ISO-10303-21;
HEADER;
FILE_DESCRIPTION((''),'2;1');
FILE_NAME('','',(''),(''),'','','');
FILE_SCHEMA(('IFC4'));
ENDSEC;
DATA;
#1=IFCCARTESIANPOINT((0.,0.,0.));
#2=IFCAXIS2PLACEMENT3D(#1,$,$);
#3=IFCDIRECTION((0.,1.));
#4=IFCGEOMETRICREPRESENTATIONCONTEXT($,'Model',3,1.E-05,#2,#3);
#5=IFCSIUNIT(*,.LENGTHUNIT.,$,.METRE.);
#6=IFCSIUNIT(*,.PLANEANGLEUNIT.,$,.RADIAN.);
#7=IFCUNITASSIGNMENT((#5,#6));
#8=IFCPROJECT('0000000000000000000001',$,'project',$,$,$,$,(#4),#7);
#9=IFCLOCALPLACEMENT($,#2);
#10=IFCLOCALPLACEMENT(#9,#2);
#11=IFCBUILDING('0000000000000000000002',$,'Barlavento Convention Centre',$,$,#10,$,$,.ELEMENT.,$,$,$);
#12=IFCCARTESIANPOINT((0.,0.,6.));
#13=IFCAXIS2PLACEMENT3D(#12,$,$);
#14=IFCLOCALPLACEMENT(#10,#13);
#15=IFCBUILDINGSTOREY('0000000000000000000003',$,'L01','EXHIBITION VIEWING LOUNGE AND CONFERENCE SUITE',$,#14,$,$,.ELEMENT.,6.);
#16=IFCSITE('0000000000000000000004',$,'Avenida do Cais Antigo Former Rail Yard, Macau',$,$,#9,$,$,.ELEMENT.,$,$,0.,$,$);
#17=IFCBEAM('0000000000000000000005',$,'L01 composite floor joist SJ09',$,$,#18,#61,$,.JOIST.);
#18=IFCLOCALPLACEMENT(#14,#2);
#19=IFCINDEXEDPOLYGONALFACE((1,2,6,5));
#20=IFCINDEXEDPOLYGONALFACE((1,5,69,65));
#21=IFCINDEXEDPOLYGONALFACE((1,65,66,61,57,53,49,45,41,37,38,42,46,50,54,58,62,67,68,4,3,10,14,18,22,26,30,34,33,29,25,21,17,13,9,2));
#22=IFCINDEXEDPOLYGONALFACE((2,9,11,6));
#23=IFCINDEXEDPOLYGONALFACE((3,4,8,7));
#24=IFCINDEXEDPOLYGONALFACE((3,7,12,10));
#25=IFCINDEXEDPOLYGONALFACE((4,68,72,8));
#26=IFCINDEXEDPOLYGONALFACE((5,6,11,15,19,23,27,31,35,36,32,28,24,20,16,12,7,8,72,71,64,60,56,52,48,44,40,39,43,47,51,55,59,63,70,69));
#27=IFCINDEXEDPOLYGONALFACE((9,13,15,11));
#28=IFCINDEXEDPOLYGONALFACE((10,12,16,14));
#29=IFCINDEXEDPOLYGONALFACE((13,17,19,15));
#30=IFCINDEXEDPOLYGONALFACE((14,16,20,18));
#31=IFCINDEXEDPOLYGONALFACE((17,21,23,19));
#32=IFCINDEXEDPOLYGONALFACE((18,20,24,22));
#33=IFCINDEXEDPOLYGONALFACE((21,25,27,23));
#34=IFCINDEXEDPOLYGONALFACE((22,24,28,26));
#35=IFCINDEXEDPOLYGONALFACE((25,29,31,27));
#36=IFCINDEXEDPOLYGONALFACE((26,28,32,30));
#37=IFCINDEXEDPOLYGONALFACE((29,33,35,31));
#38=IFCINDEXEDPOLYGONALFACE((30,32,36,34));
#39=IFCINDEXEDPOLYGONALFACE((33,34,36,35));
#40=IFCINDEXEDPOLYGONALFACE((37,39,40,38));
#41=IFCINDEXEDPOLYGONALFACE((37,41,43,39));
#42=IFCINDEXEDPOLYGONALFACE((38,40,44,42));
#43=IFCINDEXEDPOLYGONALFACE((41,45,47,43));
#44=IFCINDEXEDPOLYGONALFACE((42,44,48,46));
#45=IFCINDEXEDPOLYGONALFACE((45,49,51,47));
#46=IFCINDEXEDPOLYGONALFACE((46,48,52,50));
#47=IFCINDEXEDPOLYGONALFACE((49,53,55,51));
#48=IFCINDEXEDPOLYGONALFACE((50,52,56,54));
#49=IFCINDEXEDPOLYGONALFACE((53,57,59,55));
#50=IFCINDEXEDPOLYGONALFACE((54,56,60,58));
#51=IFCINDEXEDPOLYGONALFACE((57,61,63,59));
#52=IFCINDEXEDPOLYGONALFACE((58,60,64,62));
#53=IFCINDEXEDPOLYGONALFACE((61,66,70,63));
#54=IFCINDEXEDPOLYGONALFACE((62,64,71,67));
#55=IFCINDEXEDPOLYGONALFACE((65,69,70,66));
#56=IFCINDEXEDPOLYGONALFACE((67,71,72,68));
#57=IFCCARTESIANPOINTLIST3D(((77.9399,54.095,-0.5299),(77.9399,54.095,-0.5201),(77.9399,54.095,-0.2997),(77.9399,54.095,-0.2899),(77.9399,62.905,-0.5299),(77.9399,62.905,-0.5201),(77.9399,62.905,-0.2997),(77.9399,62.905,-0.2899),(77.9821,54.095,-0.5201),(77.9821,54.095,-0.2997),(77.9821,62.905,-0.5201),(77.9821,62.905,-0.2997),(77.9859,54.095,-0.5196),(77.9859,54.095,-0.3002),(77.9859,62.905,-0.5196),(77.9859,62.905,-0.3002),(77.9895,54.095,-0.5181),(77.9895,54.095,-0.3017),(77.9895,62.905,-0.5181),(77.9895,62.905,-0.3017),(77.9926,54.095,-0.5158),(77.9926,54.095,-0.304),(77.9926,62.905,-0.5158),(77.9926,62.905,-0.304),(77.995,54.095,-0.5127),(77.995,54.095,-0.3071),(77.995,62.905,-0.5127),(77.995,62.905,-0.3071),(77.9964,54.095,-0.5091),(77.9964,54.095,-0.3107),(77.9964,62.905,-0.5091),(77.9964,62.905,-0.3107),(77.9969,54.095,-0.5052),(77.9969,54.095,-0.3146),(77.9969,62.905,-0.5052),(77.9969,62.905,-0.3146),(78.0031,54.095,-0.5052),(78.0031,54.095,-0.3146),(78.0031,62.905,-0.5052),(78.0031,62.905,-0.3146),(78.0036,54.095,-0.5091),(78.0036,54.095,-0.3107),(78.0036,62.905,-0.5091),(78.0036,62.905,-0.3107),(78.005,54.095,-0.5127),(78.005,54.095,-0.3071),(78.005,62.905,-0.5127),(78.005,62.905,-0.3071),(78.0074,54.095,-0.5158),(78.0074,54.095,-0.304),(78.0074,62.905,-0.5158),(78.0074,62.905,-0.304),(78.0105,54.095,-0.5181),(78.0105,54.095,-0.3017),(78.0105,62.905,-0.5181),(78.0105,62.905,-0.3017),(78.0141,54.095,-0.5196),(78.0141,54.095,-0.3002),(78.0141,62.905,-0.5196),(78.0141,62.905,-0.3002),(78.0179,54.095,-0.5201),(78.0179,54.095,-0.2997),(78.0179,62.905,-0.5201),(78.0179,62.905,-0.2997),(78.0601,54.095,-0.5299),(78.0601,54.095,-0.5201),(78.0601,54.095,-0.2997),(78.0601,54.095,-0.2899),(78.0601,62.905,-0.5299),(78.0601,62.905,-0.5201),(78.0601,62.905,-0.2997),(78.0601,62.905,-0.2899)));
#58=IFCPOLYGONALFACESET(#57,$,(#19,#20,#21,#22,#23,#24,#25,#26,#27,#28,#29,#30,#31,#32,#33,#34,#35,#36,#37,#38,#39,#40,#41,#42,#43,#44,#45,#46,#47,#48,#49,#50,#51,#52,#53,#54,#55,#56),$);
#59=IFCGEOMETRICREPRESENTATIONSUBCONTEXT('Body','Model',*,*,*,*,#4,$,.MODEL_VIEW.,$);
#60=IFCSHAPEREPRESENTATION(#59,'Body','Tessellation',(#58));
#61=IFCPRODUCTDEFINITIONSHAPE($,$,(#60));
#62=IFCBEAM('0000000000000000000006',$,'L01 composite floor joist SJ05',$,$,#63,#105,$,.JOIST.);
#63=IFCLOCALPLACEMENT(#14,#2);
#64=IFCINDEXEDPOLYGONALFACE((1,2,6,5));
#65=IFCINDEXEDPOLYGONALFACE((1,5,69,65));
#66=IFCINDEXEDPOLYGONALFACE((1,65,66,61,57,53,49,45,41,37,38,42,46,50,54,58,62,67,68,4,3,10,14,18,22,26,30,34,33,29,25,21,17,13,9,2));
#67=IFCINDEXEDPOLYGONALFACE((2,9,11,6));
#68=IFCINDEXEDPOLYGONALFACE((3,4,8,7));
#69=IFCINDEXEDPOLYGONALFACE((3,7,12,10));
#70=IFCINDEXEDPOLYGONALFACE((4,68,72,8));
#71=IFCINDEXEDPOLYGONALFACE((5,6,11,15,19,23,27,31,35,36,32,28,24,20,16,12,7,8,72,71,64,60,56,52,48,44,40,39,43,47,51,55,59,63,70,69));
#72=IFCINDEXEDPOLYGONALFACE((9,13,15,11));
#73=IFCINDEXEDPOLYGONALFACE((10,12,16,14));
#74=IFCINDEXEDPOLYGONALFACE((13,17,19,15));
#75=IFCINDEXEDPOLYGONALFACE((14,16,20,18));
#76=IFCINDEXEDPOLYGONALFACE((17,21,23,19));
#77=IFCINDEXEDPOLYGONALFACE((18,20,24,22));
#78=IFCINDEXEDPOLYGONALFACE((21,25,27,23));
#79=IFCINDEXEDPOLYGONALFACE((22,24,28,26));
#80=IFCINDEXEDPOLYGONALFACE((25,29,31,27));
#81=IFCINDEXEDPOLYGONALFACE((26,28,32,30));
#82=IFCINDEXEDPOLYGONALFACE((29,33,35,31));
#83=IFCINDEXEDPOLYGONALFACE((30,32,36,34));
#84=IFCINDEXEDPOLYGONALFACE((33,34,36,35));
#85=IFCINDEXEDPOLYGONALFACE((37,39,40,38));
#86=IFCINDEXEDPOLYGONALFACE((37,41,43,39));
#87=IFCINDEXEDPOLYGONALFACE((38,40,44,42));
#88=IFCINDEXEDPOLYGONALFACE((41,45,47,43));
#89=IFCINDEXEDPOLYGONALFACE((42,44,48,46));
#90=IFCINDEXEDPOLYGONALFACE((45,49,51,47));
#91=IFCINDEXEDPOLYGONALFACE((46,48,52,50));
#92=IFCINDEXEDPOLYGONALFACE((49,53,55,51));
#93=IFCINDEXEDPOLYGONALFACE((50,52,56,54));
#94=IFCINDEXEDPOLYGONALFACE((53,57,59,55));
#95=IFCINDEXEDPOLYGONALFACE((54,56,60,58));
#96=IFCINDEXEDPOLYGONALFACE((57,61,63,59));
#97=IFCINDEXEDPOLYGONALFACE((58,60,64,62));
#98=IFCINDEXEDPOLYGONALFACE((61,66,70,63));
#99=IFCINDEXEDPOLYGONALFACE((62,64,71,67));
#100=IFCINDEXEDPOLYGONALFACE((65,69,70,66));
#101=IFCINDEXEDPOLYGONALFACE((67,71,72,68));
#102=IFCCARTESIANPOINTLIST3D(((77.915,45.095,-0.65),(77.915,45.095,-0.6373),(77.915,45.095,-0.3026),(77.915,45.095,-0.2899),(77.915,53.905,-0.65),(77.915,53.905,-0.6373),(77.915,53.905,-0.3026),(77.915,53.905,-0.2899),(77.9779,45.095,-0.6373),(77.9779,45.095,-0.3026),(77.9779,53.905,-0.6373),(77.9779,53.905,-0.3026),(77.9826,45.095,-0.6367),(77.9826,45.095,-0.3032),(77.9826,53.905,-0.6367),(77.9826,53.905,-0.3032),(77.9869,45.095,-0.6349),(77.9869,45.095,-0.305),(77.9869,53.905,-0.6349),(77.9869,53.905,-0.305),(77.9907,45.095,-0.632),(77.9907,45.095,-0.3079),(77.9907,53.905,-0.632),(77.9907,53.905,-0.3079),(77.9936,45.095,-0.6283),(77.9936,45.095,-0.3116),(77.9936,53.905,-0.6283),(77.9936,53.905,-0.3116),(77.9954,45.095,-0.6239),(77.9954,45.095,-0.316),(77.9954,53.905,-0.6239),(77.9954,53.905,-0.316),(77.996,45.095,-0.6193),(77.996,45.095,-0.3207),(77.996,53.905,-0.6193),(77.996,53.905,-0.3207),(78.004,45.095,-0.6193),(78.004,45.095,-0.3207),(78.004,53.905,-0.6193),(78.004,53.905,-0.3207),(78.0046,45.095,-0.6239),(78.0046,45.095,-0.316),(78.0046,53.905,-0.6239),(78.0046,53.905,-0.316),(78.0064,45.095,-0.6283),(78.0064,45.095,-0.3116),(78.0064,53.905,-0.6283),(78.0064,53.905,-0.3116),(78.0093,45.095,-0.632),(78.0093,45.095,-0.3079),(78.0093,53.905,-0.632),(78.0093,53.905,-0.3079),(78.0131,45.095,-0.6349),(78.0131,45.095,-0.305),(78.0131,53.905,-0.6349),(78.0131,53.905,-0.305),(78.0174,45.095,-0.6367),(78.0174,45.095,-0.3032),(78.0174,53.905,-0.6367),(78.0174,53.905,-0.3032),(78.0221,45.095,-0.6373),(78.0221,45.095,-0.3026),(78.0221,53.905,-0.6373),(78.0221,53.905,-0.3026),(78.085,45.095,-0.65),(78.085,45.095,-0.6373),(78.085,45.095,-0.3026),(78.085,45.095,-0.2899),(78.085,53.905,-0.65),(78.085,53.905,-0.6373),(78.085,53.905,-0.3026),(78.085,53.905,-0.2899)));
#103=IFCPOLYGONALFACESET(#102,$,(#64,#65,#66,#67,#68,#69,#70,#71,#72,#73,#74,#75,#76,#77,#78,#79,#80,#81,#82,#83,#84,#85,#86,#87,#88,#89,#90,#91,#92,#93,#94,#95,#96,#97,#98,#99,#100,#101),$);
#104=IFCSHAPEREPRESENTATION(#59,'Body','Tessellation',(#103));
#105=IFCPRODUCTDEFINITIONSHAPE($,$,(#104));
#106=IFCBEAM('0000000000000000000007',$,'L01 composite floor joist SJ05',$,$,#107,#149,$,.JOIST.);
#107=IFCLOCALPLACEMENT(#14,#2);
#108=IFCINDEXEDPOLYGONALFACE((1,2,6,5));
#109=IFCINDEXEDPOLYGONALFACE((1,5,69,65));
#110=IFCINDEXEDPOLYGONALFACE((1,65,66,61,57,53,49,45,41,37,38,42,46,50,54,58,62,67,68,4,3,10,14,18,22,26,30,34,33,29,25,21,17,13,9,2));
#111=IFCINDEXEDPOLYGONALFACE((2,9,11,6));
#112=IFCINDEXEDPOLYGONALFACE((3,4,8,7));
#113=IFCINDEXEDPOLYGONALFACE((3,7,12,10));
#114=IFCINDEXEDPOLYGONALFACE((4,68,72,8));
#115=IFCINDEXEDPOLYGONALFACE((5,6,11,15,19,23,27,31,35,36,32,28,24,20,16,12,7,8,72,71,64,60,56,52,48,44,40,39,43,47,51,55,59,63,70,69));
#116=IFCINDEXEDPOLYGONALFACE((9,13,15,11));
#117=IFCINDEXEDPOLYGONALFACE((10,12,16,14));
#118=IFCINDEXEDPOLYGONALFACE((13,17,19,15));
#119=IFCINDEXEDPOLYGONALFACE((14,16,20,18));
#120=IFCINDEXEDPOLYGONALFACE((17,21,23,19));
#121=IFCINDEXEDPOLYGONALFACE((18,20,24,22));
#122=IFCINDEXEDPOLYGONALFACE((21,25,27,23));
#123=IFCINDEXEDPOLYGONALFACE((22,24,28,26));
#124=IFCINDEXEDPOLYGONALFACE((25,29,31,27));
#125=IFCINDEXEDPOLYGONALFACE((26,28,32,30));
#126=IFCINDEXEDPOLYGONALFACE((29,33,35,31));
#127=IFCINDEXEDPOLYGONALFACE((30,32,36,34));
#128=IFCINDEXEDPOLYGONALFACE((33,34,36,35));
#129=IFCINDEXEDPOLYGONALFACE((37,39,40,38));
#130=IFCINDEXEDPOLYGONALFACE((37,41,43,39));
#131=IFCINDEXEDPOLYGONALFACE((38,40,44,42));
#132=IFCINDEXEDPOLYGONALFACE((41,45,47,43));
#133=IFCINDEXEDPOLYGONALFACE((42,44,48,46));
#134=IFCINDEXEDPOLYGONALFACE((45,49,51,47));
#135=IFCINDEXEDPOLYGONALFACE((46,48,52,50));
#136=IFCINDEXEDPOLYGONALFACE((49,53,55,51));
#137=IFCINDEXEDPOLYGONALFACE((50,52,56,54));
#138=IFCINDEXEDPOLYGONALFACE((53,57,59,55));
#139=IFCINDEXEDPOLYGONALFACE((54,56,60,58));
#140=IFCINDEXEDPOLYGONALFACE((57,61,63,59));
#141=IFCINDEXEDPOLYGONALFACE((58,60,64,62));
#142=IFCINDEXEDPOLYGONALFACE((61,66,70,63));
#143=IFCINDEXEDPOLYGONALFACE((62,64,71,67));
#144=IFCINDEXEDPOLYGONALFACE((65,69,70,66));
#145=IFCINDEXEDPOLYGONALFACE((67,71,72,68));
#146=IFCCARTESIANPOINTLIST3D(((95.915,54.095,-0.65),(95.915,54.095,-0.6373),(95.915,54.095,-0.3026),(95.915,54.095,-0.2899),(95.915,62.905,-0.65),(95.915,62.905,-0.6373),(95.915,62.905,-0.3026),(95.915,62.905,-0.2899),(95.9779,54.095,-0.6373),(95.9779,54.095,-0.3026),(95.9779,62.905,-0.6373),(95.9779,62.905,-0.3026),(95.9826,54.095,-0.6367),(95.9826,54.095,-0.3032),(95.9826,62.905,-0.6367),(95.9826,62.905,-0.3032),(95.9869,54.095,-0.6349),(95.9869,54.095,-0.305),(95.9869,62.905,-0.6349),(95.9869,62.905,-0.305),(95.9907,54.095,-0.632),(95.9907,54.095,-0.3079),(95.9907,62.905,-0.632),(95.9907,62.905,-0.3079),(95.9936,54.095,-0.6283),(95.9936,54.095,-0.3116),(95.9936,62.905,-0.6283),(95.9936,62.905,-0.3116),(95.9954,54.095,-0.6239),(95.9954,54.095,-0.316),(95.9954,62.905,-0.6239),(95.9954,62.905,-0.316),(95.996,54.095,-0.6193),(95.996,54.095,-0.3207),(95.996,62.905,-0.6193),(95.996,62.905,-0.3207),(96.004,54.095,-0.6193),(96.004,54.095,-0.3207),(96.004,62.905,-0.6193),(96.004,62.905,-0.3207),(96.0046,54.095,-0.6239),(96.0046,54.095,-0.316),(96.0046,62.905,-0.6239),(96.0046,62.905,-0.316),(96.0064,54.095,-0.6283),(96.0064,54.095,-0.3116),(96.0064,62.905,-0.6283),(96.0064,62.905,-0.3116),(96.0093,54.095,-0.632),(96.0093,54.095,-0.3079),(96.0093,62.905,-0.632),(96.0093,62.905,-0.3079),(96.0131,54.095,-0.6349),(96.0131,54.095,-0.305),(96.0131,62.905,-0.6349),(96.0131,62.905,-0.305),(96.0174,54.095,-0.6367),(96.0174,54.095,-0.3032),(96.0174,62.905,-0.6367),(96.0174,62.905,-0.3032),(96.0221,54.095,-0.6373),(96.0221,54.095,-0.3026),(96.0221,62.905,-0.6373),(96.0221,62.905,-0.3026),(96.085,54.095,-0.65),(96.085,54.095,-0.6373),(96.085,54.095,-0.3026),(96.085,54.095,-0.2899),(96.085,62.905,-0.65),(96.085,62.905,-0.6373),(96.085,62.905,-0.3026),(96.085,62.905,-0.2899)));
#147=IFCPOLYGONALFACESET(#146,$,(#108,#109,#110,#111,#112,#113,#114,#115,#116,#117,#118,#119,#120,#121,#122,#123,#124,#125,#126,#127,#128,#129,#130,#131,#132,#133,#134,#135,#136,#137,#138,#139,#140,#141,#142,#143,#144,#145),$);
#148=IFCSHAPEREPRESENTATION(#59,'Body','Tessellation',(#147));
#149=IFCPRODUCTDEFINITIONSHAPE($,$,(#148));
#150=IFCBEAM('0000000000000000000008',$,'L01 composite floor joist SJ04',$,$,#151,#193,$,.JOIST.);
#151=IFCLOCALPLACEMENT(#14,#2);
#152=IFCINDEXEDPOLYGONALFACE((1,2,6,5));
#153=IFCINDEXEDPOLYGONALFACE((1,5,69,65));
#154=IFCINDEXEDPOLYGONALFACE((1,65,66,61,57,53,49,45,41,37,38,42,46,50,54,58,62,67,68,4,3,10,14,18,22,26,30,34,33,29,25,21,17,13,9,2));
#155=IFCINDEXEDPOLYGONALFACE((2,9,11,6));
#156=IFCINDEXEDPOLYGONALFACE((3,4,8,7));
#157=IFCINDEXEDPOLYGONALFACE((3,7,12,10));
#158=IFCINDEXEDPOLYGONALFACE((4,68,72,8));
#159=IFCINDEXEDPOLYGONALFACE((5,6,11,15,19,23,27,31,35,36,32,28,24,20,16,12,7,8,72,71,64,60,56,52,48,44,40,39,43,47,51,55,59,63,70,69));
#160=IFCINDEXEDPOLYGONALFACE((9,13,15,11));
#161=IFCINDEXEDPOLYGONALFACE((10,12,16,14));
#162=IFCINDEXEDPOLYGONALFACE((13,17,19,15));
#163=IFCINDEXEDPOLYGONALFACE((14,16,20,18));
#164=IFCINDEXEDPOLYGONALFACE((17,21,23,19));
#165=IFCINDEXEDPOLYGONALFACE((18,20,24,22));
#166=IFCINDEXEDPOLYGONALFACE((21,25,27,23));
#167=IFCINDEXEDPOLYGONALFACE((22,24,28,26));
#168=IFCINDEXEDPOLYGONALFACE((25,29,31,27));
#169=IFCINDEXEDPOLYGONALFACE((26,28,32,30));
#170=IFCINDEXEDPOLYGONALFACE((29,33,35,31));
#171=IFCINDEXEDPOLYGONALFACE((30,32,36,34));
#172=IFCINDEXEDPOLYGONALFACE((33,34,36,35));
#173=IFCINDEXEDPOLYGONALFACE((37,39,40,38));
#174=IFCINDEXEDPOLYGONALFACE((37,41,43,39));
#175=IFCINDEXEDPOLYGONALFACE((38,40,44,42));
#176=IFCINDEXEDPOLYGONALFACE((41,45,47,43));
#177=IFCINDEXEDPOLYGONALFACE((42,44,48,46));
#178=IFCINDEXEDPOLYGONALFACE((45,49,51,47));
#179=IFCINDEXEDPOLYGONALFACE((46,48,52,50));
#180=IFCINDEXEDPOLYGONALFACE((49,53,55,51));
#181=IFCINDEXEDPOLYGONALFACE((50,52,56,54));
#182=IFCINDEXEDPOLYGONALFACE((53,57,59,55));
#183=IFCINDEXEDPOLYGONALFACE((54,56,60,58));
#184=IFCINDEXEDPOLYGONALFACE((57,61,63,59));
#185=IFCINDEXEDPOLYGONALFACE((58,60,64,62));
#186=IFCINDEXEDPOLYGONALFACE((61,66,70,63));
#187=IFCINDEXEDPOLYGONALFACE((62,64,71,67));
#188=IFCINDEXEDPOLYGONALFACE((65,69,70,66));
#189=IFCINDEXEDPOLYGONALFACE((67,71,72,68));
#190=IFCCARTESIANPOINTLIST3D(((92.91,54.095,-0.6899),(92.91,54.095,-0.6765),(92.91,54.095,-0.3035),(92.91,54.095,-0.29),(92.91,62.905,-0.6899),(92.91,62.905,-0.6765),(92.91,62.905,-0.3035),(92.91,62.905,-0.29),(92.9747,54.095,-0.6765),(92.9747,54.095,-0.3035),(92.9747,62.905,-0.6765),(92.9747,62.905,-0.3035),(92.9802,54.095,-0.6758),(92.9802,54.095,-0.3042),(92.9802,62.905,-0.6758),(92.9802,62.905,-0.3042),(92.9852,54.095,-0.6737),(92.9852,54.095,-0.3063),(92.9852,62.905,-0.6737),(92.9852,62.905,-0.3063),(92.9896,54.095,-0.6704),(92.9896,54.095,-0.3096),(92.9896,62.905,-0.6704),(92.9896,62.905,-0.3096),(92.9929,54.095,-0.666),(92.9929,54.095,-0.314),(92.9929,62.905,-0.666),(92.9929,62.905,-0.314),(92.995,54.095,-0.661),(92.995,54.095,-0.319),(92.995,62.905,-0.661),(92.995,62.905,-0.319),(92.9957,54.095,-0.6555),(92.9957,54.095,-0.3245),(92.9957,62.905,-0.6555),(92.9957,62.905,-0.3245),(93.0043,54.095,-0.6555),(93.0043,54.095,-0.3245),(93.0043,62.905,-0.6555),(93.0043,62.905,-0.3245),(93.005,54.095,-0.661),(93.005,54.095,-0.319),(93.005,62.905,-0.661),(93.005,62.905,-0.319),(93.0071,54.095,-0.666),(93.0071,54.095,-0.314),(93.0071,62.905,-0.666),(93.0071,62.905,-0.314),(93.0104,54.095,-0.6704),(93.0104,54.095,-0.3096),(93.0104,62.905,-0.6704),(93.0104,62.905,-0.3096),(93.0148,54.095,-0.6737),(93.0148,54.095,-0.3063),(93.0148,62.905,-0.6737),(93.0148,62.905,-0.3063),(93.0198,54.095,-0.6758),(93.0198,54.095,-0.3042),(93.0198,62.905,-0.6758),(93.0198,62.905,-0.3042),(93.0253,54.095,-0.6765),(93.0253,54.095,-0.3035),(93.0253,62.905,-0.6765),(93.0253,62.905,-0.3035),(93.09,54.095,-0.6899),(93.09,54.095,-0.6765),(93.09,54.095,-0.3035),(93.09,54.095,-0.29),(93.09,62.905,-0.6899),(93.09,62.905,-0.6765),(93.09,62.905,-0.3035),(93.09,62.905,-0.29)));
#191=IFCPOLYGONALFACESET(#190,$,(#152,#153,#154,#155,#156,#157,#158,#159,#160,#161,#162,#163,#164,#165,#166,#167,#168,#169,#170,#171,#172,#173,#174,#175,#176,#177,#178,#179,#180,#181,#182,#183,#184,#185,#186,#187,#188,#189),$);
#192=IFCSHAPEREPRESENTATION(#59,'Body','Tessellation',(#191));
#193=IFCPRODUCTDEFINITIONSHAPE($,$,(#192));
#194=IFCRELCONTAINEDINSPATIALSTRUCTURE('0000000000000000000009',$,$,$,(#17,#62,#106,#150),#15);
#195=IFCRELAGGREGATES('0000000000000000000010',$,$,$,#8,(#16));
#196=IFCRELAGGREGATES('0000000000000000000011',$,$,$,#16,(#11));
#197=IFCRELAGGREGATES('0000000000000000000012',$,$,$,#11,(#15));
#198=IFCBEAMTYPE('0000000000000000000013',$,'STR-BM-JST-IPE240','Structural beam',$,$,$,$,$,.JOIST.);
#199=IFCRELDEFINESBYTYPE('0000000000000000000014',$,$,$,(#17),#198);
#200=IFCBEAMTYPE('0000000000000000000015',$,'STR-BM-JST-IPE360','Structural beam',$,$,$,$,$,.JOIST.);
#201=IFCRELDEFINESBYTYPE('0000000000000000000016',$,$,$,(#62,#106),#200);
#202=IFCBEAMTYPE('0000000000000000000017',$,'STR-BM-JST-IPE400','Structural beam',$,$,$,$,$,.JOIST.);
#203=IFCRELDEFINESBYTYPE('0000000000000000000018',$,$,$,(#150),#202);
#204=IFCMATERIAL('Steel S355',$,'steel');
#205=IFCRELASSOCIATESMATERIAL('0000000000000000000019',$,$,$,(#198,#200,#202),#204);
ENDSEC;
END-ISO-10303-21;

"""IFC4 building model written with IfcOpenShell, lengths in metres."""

from ifc_helpers import new_model, si_unit, direction, frame, origin, origin_2d, place, context, subcontext, project, spatial, i_section, extrude, material, material_profile, profile_set, type_object, element, save


model = new_model("IFC4")

# Units and contexts
model_context = context("Model", 3, precision=1e-05, world=origin(), true_north=direction((0.0, 1.0)))
body_context = subcontext(model_context, "Body", "Model", "MODEL_VIEW")
ifc_project = project(units=[si_unit("LENGTHUNIT", "METRE"), si_unit("PLANEANGLEUNIT", "RADIAN")], contexts=[model_context])

# Site, building, storey
site_placement = place(None, origin())
site = spatial("IfcSite", under=ifc_project, at=site_placement, Name="Avenida do Cais Antigo Former Rail Yard, Macau", CompositionType="ELEMENT", RefElevation=0.0)
building_placement = place(site_placement, origin())
building = spatial("IfcBuilding", under=site, at=building_placement, Name="Barlavento Convention Centre", CompositionType="ELEMENT")
storey_placement = place(building_placement, frame((0.0, 0.0, 6.0)))
storey = spatial("IfcBuildingStorey", under=building, at=storey_placement, Name="L01", Description="EXHIBITION VIEWING LOUNGE AND CONFERENCE SUITE", CompositionType="ELEMENT", Elevation=6.0)

# Shared definitions
ifc_material_1 = material(Name="Steel S355", Category="steel")

# Beams
ifc_material_profile_1 = material_profile(ifc_material_1, i_section(OverallWidth=0.1201, OverallDepth=0.24, WebThickness=0.0061, FlangeThickness=0.0098, FilletRadius=0.0149, at=origin_2d()), Name="IPE 240")
ifc_profile_set_1 = profile_set([ifc_material_profile_1], Name="Steel S355")
beam_type_1 = type_object("IfcBeamType", Name="STR-BM-JST-IPE240", Description="Structural beam", PredefinedType="JOIST", material=ifc_profile_set_1)
beam_1_placement = place(storey_placement, frame((78.0, 54.095, -0.4099), z_axis=(0.0, 1.0, 0.0), x_axis=(-1.0, 0.0, 0.0)))
element("IfcBeam", 1, at=beam_1_placement, inside=storey, type_object=beam_type_1, Name="L01 composite floor joist SJ09", PredefinedType="JOIST", context=body_context, shape_type="SweptSolid", body=[
    extrude(i_section(OverallWidth=0.1201, OverallDepth=0.24, WebThickness=0.0061, FlangeThickness=0.0098, FilletRadius=0.0149, at=origin_2d()), origin(), (0.0, 0.0, 1.0), 8.8101),
])
ifc_material_profile_2 = material_profile(ifc_material_1, i_section(OverallWidth=0.1699, OverallDepth=0.3601, WebThickness=0.0081, FlangeThickness=0.0127, FilletRadius=0.0181, at=origin_2d()), Name="IPE 360")
ifc_profile_set_2 = profile_set([ifc_material_profile_2], Name="Steel S355")
beam_type_2 = type_object("IfcBeamType", Name="STR-BM-JST-IPE360", Description="Structural beam", PredefinedType="JOIST", material=ifc_profile_set_2)
for number, where, z_axis, x_axis, name in (
    (2, (78.0, 45.095, -0.47), (0.0, 1.0, 0.0), (-1.0, 0.0, 0.0), "L01 composite floor joist SJ05"),
    (3, (96.0, 54.095, -0.47), (0.0, 1.0, 0.0), (-1.0, 0.0, 0.0), "L01 composite floor joist SJ05"),
):
    element("IfcBeam", number, at=place(storey_placement, frame(where, z_axis=z_axis, x_axis=x_axis)), inside=storey, type_object=beam_type_2, Name=name, PredefinedType="JOIST", context=body_context, shape_type="SweptSolid", body=[
        extrude(i_section(OverallWidth=0.1699, OverallDepth=0.3601, WebThickness=0.0081, FlangeThickness=0.0127, FilletRadius=0.0181, at=origin_2d()), origin(), (0.0, 0.0, 1.0), 8.8101),
    ])
ifc_material_profile_3 = material_profile(ifc_material_1, i_section(OverallWidth=0.1799, OverallDepth=0.3999, WebThickness=0.0085, FlangeThickness=0.0134, FilletRadius=0.021, at=origin_2d()), Name="IPE 400")
ifc_profile_set_3 = profile_set([ifc_material_profile_3], Name="Steel S355")
beam_type_3 = type_object("IfcBeamType", Name="STR-BM-JST-IPE400", Description="Structural beam", PredefinedType="JOIST", material=ifc_profile_set_3)
beam_2_placement = place(storey_placement, frame((93.0, 54.095, -0.49), z_axis=(0.0, 1.0, 0.0), x_axis=(-1.0, 0.0, 0.0)))
element("IfcBeam", 4, at=beam_2_placement, inside=storey, type_object=beam_type_3, Name="L01 composite floor joist SJ04", PredefinedType="JOIST", context=body_context, shape_type="SweptSolid", body=[
    extrude(i_section(OverallWidth=0.1799, OverallDepth=0.3999, WebThickness=0.0085, FlangeThickness=0.0134, FilletRadius=0.021, at=origin_2d()), origin(), (0.0, 0.0, 1.0), 8.8101),
])

save(model, "model.ifc")
